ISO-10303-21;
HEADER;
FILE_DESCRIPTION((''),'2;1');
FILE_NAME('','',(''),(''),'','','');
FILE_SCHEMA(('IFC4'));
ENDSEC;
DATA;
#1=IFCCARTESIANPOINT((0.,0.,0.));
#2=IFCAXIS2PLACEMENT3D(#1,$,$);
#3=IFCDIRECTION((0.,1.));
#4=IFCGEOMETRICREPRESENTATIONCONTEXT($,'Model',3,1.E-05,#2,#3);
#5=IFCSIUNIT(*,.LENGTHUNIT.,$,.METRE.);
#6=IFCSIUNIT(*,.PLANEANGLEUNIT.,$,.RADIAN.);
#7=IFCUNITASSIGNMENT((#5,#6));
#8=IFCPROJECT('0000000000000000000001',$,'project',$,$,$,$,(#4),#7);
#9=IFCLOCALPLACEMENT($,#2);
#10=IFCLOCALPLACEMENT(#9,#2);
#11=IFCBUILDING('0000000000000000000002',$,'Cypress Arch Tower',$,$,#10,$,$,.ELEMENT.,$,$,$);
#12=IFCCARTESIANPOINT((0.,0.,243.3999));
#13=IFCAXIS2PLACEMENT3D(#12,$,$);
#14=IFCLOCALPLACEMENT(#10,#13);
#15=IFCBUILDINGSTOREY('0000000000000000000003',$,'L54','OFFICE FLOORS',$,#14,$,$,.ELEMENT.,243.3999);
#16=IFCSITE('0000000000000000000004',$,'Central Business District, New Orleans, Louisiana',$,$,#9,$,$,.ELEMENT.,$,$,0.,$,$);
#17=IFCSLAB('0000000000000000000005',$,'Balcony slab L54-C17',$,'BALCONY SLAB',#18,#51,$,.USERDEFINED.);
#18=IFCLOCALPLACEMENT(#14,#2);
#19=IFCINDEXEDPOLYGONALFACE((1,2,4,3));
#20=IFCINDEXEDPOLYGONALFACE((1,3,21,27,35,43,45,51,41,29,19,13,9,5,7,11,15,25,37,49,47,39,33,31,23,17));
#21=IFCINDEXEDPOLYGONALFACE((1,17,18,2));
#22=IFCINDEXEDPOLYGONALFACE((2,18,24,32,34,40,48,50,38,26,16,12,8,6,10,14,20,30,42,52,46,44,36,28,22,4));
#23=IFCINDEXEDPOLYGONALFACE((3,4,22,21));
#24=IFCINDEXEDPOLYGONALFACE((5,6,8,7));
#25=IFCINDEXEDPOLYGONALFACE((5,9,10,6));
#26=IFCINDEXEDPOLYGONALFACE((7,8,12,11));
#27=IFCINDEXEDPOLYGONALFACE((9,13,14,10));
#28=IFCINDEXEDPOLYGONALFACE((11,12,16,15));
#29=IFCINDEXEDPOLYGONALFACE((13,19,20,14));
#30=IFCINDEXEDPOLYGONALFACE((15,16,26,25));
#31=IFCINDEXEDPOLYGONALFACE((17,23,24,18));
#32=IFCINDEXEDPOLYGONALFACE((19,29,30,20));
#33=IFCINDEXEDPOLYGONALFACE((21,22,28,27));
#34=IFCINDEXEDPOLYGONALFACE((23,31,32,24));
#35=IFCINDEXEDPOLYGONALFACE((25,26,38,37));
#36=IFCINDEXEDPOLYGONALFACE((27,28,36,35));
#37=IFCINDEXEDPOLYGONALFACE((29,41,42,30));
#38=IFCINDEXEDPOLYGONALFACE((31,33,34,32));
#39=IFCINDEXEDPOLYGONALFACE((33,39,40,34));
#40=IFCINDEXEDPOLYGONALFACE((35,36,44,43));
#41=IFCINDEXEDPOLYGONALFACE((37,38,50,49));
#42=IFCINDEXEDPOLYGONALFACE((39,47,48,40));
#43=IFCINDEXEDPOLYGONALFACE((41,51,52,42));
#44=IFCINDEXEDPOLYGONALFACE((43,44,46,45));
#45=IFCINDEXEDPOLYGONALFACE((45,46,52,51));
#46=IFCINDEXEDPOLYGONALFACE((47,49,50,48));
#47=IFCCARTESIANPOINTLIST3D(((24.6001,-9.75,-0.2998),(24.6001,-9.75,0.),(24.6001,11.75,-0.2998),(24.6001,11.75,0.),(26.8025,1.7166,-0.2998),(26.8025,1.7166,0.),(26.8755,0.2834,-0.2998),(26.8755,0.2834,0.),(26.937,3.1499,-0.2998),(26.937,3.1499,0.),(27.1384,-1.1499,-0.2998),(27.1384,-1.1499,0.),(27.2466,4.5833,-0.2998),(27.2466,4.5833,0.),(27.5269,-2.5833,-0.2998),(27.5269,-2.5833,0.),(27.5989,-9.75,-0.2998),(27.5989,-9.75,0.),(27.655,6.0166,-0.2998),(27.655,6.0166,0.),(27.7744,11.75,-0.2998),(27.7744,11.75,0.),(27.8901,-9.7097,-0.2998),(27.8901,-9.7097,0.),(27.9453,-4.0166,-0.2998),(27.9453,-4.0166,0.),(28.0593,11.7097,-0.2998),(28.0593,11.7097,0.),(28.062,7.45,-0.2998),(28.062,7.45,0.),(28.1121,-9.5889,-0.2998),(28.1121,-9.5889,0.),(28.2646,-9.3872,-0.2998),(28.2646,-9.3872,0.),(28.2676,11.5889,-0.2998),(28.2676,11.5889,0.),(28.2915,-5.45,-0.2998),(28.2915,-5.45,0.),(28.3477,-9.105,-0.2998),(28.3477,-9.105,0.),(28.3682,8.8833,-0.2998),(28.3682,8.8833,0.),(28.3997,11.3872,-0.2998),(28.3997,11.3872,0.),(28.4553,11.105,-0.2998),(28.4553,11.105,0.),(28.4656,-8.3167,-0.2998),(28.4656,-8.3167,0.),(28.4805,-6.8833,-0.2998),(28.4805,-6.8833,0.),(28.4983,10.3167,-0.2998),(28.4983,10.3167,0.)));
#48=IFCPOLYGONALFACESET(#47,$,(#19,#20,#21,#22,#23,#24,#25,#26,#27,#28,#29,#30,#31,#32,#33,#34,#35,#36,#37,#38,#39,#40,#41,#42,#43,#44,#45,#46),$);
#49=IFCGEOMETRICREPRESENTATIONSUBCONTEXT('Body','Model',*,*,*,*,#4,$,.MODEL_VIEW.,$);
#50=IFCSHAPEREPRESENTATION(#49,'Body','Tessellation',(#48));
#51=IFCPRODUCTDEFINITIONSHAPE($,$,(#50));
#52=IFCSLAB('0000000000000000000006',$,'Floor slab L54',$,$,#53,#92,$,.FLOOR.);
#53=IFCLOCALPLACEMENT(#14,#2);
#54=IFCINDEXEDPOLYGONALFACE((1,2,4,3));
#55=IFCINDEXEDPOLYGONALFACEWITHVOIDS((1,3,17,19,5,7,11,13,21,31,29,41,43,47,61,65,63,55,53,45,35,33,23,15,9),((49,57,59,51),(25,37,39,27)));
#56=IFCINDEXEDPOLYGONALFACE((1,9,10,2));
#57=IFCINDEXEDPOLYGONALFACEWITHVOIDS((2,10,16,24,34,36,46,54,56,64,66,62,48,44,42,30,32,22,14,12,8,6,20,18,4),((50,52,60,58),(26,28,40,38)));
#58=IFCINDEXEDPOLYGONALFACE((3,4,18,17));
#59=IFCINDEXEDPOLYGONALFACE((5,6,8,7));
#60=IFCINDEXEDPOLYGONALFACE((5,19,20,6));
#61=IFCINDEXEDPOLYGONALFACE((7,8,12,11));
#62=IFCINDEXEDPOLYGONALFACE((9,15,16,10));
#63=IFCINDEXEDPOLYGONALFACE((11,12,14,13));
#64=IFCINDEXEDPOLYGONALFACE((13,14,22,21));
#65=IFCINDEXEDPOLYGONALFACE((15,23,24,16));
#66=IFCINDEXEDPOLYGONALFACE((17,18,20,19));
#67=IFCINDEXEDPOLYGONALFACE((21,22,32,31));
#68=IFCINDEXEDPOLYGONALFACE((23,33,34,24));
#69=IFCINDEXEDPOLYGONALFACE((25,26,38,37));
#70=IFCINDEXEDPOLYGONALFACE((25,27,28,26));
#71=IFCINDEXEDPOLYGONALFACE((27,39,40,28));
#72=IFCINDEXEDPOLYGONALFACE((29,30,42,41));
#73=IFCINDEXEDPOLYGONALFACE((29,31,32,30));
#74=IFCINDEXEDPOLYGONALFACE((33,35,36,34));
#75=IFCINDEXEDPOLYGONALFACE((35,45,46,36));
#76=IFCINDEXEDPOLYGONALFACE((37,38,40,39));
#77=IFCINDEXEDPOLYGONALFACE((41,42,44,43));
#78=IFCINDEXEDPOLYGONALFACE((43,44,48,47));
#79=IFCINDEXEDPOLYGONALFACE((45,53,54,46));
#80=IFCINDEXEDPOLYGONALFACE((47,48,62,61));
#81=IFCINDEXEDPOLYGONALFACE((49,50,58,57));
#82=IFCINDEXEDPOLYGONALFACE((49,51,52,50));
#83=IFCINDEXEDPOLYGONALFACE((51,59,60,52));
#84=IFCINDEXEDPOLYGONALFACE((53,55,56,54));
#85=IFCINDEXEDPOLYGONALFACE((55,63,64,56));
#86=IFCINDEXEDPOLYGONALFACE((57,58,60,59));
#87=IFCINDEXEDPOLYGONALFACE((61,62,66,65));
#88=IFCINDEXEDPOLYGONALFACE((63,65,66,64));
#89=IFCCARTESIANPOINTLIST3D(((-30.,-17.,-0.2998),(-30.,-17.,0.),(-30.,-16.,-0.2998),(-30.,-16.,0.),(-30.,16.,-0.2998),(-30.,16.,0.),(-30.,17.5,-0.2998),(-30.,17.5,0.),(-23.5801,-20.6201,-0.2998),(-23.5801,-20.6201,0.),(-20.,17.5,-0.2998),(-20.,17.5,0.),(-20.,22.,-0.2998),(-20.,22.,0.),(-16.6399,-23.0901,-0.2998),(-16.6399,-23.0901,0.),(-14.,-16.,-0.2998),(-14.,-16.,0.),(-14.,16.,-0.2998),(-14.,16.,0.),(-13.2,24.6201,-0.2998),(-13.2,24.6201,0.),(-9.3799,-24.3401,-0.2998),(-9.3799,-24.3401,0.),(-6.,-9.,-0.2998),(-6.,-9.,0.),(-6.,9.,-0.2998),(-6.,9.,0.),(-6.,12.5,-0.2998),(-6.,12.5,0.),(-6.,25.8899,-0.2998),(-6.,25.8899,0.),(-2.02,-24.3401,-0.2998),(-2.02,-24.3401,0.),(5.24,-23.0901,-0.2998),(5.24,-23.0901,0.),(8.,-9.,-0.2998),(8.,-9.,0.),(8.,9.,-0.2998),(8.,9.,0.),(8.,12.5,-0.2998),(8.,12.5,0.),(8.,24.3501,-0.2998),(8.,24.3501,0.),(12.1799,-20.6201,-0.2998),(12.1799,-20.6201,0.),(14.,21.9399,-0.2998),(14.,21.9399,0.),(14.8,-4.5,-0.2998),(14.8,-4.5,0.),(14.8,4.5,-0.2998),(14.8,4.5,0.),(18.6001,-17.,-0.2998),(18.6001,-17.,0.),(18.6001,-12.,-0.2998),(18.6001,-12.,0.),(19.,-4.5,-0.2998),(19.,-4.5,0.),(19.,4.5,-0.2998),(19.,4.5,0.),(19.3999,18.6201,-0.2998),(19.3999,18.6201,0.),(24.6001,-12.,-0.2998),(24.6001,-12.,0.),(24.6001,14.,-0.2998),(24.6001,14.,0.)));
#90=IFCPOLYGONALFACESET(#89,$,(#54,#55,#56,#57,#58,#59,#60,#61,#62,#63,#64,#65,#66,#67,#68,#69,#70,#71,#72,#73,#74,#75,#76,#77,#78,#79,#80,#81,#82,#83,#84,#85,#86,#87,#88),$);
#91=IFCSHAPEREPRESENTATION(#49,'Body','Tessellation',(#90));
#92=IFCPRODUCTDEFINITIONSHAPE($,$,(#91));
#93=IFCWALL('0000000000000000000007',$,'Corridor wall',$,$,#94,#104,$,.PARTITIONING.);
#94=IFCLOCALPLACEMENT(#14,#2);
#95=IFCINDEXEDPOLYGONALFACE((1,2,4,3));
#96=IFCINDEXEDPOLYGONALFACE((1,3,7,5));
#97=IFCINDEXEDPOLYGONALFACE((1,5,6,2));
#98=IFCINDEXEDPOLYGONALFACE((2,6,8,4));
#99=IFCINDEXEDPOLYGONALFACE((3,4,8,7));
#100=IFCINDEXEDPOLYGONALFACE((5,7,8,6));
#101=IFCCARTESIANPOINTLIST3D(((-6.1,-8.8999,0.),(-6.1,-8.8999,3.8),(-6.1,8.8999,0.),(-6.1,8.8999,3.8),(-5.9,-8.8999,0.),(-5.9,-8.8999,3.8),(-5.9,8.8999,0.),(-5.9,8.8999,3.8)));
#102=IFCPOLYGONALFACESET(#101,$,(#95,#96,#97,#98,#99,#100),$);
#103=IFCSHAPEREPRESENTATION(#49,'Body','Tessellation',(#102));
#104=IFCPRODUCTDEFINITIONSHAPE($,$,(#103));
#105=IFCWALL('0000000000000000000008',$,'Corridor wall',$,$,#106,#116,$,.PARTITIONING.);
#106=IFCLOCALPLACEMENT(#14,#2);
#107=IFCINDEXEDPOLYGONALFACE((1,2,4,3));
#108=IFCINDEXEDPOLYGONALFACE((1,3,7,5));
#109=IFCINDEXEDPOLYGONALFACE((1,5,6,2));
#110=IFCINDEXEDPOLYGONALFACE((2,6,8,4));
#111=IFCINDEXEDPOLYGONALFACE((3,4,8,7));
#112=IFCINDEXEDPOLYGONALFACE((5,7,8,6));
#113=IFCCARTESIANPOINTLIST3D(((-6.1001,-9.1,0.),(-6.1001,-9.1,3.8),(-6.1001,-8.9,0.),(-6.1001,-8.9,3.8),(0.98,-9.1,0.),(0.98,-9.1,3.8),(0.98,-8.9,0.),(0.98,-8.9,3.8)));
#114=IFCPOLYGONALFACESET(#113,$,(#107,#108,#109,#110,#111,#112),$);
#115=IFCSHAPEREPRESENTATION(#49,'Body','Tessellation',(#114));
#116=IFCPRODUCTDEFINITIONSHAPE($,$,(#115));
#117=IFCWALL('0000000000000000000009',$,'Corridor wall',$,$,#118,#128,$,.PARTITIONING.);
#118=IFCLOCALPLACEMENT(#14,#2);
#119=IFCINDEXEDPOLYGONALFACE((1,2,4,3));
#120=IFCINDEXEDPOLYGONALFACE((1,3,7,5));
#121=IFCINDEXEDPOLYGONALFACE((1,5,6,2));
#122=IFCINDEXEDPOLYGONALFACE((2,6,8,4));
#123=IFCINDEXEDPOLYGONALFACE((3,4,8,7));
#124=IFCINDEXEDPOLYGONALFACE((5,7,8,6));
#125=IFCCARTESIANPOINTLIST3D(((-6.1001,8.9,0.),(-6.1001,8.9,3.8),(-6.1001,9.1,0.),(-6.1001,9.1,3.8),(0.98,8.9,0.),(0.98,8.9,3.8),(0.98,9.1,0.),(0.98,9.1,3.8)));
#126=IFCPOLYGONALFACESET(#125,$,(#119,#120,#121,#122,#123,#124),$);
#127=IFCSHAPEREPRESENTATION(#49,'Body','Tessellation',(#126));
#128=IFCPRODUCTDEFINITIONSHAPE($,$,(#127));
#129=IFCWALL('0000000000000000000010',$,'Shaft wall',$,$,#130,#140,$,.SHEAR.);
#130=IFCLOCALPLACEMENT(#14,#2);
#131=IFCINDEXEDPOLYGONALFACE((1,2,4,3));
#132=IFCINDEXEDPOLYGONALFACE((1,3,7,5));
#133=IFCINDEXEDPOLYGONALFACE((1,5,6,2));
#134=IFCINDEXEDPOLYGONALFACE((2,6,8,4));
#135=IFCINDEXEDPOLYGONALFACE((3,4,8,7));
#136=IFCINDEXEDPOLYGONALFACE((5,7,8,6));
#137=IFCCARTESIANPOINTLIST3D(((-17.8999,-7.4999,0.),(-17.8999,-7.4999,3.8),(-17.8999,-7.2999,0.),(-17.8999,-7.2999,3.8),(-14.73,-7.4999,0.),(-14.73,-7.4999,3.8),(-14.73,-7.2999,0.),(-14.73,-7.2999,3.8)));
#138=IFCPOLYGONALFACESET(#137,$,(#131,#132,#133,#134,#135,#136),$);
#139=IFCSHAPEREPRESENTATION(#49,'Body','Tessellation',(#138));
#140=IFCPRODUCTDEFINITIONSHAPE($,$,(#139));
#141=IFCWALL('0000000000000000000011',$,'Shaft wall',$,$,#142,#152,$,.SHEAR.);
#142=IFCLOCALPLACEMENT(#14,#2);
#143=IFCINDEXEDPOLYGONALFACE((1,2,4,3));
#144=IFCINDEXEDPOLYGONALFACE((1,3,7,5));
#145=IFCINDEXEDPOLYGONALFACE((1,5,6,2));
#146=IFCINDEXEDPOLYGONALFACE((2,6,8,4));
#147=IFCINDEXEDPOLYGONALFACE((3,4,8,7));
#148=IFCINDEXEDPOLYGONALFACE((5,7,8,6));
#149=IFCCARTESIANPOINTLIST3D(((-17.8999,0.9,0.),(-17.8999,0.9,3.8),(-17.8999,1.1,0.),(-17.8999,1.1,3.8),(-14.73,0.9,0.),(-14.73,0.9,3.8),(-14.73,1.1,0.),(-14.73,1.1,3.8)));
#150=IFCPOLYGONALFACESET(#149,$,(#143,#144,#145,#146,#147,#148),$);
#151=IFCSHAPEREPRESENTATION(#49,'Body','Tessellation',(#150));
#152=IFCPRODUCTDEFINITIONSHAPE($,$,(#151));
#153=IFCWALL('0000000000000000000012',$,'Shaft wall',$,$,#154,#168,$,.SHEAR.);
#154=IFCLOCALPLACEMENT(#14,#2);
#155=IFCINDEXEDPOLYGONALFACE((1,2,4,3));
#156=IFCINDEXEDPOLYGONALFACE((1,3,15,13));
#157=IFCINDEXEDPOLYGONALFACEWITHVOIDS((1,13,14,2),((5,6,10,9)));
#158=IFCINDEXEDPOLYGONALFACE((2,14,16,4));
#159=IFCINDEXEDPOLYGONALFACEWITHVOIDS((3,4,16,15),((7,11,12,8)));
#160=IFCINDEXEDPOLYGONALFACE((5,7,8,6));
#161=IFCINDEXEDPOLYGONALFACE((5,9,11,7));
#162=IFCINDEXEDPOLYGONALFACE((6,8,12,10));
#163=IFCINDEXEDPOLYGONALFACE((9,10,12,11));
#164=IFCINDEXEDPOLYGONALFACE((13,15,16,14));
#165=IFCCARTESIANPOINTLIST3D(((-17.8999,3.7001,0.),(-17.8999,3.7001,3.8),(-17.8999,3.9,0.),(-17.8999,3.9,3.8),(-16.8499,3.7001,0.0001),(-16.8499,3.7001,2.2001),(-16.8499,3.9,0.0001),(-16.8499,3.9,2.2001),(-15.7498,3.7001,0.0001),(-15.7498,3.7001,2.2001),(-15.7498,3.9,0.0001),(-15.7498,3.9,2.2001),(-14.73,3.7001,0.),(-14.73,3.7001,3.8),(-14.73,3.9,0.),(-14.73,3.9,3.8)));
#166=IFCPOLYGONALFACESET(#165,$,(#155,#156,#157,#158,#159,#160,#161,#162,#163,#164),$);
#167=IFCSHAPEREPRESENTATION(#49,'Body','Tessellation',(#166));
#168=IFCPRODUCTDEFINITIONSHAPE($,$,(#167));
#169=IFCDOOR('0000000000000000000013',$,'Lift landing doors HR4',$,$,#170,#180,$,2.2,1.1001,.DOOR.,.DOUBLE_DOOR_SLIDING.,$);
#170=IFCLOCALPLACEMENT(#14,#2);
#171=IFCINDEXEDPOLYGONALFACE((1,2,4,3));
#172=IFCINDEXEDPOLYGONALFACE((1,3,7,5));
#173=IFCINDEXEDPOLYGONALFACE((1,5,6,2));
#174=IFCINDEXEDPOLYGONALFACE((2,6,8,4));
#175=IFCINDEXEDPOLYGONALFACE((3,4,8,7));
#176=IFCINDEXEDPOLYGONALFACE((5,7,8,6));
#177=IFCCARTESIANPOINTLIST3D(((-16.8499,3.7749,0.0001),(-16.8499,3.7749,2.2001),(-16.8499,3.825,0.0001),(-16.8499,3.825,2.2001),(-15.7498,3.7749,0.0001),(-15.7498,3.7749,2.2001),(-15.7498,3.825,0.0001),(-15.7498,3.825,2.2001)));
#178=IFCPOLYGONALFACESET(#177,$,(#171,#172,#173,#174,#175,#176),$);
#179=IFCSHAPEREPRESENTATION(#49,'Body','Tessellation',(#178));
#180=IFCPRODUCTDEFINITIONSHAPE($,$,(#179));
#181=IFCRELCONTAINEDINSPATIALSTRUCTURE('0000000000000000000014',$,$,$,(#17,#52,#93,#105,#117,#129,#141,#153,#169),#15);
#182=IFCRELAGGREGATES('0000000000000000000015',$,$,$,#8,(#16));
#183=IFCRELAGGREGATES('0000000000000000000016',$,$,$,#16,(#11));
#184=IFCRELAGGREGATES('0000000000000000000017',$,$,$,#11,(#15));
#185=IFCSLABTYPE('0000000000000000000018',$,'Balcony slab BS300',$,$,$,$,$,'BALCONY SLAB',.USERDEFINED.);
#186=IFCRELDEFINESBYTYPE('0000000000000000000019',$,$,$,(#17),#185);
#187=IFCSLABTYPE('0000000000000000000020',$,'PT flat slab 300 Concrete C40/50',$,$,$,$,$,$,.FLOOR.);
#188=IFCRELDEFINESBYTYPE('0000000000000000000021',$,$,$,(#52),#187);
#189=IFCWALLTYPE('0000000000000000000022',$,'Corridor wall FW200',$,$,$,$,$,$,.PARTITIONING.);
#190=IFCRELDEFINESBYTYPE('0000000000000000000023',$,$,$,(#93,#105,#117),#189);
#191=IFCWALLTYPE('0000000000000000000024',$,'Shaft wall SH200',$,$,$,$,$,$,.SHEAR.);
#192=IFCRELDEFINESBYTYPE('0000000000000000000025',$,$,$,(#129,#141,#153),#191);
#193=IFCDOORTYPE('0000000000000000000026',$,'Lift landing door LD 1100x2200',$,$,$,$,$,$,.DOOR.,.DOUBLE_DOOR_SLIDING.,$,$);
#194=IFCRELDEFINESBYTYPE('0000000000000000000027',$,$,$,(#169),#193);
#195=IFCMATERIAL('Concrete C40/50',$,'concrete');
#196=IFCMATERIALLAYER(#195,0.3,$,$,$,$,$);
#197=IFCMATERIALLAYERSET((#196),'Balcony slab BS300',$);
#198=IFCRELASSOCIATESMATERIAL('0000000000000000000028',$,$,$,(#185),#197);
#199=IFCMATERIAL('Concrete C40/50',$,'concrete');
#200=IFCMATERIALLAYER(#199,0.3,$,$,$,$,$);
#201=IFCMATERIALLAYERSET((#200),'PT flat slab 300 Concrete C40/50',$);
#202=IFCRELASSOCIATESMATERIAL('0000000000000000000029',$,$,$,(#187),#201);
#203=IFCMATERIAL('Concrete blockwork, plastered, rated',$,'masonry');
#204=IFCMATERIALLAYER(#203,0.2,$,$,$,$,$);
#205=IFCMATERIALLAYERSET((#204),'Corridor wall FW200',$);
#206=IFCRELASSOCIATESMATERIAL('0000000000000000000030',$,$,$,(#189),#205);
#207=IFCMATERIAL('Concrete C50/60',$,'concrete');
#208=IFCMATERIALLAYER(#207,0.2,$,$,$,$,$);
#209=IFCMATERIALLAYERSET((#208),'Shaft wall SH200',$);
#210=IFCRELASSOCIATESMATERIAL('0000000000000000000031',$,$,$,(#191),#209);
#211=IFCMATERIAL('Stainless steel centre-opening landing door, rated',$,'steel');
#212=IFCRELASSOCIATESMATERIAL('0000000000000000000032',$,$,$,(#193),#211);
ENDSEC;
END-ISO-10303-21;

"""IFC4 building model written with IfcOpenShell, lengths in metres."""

from ifc_helpers import new_model, si_unit, direction, frame, frame_2d, origin, place, context, subcontext, project, spatial, polyline, rectangle, outline, extrude, material, layer, layer_set, type_object, element, fill, save


model = new_model("IFC4")

# Units and contexts
model_context = context("Model", 3, precision=1e-05, world=origin(), true_north=direction((0.0, 1.0)))
body_context = subcontext(model_context, "Body", "Model", "MODEL_VIEW")
ifc_project = project(units=[si_unit("LENGTHUNIT", "METRE"), si_unit("PLANEANGLEUNIT", "RADIAN")], contexts=[model_context])

# Site, building, storey
site_placement = place(None, origin())
site = spatial("IfcSite", under=ifc_project, at=site_placement, Name="Central Business District, New Orleans, Louisiana", CompositionType="ELEMENT", RefElevation=0.0)
building_placement = place(site_placement, origin())
building = spatial("IfcBuilding", under=site, at=building_placement, Name="Cypress Arch Tower", CompositionType="ELEMENT")
storey_placement = place(building_placement, frame((0.0, 0.0, 243.3999)))
storey = spatial("IfcBuildingStorey", under=building, at=storey_placement, Name="L54", Description="OFFICE FLOORS", CompositionType="ELEMENT", Elevation=243.3999)

# Slabs
ifc_material_1 = material(Name="Concrete C40/50", Category="concrete")
ifc_layer_1 = layer(ifc_material_1, 0.3)
ifc_layer_set_1 = layer_set([ifc_layer_1], Name="Balcony slab BS300")
slab_type_1 = type_object("IfcSlabType", Name="Balcony slab BS300", ElementType="BALCONY SLAB", PredefinedType="USERDEFINED", material=ifc_layer_set_1)
slab_1_placement = place(storey_placement, frame((0.0, 0.0, -0.2998)))
element("IfcSlab", 1, at=slab_1_placement, inside=storey, type_object=slab_type_1, Name="Balcony slab L54-C17", ObjectType="BALCONY SLAB", PredefinedType="USERDEFINED", context=body_context, shape_type="SweptSolid", body=[
    extrude(outline(polyline([(24.6001, -9.75), (27.5989, -9.75), (27.8901, -9.7097), (28.1121, -9.5889), (28.2646, -9.3872), (28.3477, -9.105), (28.4656, -8.3167), (28.4805, -6.8833), (28.2915, -5.45), (27.9453, -4.0166), (27.5269, -2.5833), (27.1384, -1.1499), (26.8755, 0.2834), (26.8025, 1.7166), (26.937, 3.1499), (27.2466, 4.5833), (27.655, 6.0166), (28.062, 7.45), (28.3682, 8.8833), (28.4983, 10.3167), (28.4553, 11.105), (28.3997, 11.3872), (28.2676, 11.5889), (28.0593, 11.7097), (27.7744, 11.75), (24.6001, 11.75), (24.6001, -9.75)])), origin(), (0.0, 0.0, 1.0), 0.2998),
])
ifc_material_2 = material(Name="Concrete C40/50", Category="concrete")
ifc_layer_2 = layer(ifc_material_2, 0.3)
ifc_layer_set_2 = layer_set([ifc_layer_2], Name="PT flat slab 300 Concrete C40/50")
slab_type_2 = type_object("IfcSlabType", Name="PT flat slab 300 Concrete C40/50", PredefinedType="FLOOR", material=ifc_layer_set_2)
slab_2_placement = place(storey_placement, frame((0.0, 0.0, -0.2998)))
element("IfcSlab", 2, at=slab_2_placement, inside=storey, type_object=slab_type_2, Name="Floor slab L54", PredefinedType="FLOOR", context=body_context, shape_type="SweptSolid", body=[
    extrude(outline(polyline([(-30.0, 17.5), (-20.0, 17.5), (-20.0, 22.0), (-13.2, 24.6201), (-6.0, 25.8899), (-6.0, 12.5), (8.0, 12.5), (8.0, 24.3501), (14.0, 21.9399), (19.3999, 18.6201), (24.6001, 14.0), (24.6001, -12.0), (18.6001, -12.0), (18.6001, -17.0), (12.1799, -20.6201), (5.24, -23.0901), (-2.02, -24.3401), (-9.3799, -24.3401), (-16.6399, -23.0901), (-23.5801, -20.6201), (-30.0, -17.0), (-30.0, -16.0), (-14.0, -16.0), (-14.0, 16.0), (-30.0, 16.0), (-30.0, 17.5)]), holes=[polyline([(-6.0, -9.0), (8.0, -9.0), (8.0, 9.0), (-6.0, 9.0), (-6.0, -9.0)]), polyline([(14.8, -4.5), (19.0, -4.5), (19.0, 4.5), (14.8, 4.5), (14.8, -4.5)])]), origin(), (0.0, 0.0, 1.0), 0.2998),
])

# Walls
ifc_material_3 = material(Name="Concrete blockwork, plastered, rated", Category="masonry")
ifc_layer_3 = layer(ifc_material_3, 0.2)
ifc_layer_set_3 = layer_set([ifc_layer_3], Name="Corridor wall FW200")
wall_type_1 = type_object("IfcWallType", Name="Corridor wall FW200", PredefinedType="PARTITIONING", material=ifc_layer_set_3)
wall_1_placement = place(storey_placement, frame((-6.0, -8.8999, 0.0), z_axis=(0.0, 0.0, 1.0), x_axis=(0.0, 1.0, 0.0)))
element("IfcWall", 3, at=wall_1_placement, inside=storey, type_object=wall_type_1, Name="Corridor wall", PredefinedType="PARTITIONING", context=body_context, shape_type="SweptSolid", body=[
    extrude(rectangle(XDim=17.7998, YDim=0.2, at=frame_2d((8.8999, 0.0))), origin(), (0.0, 0.0, 1.0), 3.8),
])
for number, where, z_axis, x_axis, name in (
    (4, (-6.1001, -9.0, 0.0), (0.0, 0.0, 1.0), (1.0, 0.0, 0.0), "Corridor wall"),
    (5, (-6.1001, 9.0, 0.0), (0.0, 0.0, 1.0), (1.0, 0.0, 0.0), "Corridor wall"),
):
    element("IfcWall", number, at=place(storey_placement, frame(where, z_axis=z_axis, x_axis=x_axis)), inside=storey, type_object=wall_type_1, Name=name, PredefinedType="PARTITIONING", context=body_context, shape_type="SweptSolid", body=[
        extrude(rectangle(XDim=7.0801, YDim=0.2, at=frame_2d((3.54, 0.0))), origin(), (0.0, 0.0, 1.0), 3.8),
    ])
ifc_material_4 = material(Name="Concrete C50/60", Category="concrete")
ifc_layer_4 = layer(ifc_material_4, 0.2)
ifc_layer_set_4 = layer_set([ifc_layer_4], Name="Shaft wall SH200")
wall_type_2 = type_object("IfcWallType", Name="Shaft wall SH200", PredefinedType="SHEAR", material=ifc_layer_set_4)
for number, where, z_axis, x_axis, name in (
    (6, (-17.8999, -7.3999, 0.0), (0.0, 0.0, 1.0), (1.0, 0.0, 0.0), "Shaft wall"),
    (7, (-17.8999, 1.0, 0.0), (0.0, 0.0, 1.0), (1.0, 0.0, 0.0), "Shaft wall"),
):
    element("IfcWall", number, at=place(storey_placement, frame(where, z_axis=z_axis, x_axis=x_axis)), inside=storey, type_object=wall_type_2, Name=name, PredefinedType="SHEAR", context=body_context, shape_type="SweptSolid", body=[
        extrude(rectangle(XDim=3.1699, YDim=0.2, at=frame_2d((1.585, 0.0))), origin(), (0.0, 0.0, 1.0), 3.8),
    ])

# Wall, opening, door
wall_2_placement = place(storey_placement, frame((-17.8999, 3.8, 0.0), z_axis=(0.0, 0.0, 1.0), x_axis=(1.0, 0.0, 0.0)))
wall_2 = element("IfcWall", 8, at=wall_2_placement, inside=storey, type_object=wall_type_2, Name="Shaft wall", PredefinedType="SHEAR", context=body_context, shape_type="SweptSolid", body=[
    extrude(rectangle(XDim=3.1699, YDim=0.2, at=frame_2d((1.585, 0.0))), origin(), (0.0, 0.0, 1.0), 3.8),
])
opening_placement = place(wall_2_placement, frame((1.05, 0.0, 0.0)))
opening = element("IfcOpeningElement", 9, at=opening_placement, cuts=wall_2, PredefinedType="OPENING", context=body_context, shape_type="SweptSolid", body=[
    extrude(rectangle(XDim=1.1001, YDim=2.2, at=frame_2d((0.55, 1.1001))), frame((0.0, 0.1099, 0.0), z_axis=(0.0, -1.0, 0.0), x_axis=(1.0, 0.0, 0.0)), (0.0, 0.0, 1.0), 0.22),
])
ifc_material_5 = material(Name="Stainless steel centre-opening landing door, rated", Category="steel")
door_type = type_object("IfcDoorType", Name="Lift landing door LD 1100x2200", OperationType="DOUBLE_DOOR_SLIDING", PredefinedType="DOOR", material=ifc_material_5)
door_placement = place(opening_placement, origin())
door = element("IfcDoor", 10, at=door_placement, inside=storey, type_object=door_type, Name="Lift landing doors HR4", OperationType="DOUBLE_DOOR_SLIDING", OverallHeight=2.2, OverallWidth=1.1001, PredefinedType="DOOR", context=body_context, shape_type="SweptSolid", body=[
    extrude(rectangle(XDim=1.1001, YDim=2.2, at=frame_2d((0.55, 1.1001))), frame((0.0, 0.0249, 0.0), z_axis=(0.0, -1.0, 0.0), x_axis=(1.0, 0.0, 0.0)), (0.0, 0.0, 1.0), 0.05),
])
fill(opening, door)

save(model, "model.ifc")
